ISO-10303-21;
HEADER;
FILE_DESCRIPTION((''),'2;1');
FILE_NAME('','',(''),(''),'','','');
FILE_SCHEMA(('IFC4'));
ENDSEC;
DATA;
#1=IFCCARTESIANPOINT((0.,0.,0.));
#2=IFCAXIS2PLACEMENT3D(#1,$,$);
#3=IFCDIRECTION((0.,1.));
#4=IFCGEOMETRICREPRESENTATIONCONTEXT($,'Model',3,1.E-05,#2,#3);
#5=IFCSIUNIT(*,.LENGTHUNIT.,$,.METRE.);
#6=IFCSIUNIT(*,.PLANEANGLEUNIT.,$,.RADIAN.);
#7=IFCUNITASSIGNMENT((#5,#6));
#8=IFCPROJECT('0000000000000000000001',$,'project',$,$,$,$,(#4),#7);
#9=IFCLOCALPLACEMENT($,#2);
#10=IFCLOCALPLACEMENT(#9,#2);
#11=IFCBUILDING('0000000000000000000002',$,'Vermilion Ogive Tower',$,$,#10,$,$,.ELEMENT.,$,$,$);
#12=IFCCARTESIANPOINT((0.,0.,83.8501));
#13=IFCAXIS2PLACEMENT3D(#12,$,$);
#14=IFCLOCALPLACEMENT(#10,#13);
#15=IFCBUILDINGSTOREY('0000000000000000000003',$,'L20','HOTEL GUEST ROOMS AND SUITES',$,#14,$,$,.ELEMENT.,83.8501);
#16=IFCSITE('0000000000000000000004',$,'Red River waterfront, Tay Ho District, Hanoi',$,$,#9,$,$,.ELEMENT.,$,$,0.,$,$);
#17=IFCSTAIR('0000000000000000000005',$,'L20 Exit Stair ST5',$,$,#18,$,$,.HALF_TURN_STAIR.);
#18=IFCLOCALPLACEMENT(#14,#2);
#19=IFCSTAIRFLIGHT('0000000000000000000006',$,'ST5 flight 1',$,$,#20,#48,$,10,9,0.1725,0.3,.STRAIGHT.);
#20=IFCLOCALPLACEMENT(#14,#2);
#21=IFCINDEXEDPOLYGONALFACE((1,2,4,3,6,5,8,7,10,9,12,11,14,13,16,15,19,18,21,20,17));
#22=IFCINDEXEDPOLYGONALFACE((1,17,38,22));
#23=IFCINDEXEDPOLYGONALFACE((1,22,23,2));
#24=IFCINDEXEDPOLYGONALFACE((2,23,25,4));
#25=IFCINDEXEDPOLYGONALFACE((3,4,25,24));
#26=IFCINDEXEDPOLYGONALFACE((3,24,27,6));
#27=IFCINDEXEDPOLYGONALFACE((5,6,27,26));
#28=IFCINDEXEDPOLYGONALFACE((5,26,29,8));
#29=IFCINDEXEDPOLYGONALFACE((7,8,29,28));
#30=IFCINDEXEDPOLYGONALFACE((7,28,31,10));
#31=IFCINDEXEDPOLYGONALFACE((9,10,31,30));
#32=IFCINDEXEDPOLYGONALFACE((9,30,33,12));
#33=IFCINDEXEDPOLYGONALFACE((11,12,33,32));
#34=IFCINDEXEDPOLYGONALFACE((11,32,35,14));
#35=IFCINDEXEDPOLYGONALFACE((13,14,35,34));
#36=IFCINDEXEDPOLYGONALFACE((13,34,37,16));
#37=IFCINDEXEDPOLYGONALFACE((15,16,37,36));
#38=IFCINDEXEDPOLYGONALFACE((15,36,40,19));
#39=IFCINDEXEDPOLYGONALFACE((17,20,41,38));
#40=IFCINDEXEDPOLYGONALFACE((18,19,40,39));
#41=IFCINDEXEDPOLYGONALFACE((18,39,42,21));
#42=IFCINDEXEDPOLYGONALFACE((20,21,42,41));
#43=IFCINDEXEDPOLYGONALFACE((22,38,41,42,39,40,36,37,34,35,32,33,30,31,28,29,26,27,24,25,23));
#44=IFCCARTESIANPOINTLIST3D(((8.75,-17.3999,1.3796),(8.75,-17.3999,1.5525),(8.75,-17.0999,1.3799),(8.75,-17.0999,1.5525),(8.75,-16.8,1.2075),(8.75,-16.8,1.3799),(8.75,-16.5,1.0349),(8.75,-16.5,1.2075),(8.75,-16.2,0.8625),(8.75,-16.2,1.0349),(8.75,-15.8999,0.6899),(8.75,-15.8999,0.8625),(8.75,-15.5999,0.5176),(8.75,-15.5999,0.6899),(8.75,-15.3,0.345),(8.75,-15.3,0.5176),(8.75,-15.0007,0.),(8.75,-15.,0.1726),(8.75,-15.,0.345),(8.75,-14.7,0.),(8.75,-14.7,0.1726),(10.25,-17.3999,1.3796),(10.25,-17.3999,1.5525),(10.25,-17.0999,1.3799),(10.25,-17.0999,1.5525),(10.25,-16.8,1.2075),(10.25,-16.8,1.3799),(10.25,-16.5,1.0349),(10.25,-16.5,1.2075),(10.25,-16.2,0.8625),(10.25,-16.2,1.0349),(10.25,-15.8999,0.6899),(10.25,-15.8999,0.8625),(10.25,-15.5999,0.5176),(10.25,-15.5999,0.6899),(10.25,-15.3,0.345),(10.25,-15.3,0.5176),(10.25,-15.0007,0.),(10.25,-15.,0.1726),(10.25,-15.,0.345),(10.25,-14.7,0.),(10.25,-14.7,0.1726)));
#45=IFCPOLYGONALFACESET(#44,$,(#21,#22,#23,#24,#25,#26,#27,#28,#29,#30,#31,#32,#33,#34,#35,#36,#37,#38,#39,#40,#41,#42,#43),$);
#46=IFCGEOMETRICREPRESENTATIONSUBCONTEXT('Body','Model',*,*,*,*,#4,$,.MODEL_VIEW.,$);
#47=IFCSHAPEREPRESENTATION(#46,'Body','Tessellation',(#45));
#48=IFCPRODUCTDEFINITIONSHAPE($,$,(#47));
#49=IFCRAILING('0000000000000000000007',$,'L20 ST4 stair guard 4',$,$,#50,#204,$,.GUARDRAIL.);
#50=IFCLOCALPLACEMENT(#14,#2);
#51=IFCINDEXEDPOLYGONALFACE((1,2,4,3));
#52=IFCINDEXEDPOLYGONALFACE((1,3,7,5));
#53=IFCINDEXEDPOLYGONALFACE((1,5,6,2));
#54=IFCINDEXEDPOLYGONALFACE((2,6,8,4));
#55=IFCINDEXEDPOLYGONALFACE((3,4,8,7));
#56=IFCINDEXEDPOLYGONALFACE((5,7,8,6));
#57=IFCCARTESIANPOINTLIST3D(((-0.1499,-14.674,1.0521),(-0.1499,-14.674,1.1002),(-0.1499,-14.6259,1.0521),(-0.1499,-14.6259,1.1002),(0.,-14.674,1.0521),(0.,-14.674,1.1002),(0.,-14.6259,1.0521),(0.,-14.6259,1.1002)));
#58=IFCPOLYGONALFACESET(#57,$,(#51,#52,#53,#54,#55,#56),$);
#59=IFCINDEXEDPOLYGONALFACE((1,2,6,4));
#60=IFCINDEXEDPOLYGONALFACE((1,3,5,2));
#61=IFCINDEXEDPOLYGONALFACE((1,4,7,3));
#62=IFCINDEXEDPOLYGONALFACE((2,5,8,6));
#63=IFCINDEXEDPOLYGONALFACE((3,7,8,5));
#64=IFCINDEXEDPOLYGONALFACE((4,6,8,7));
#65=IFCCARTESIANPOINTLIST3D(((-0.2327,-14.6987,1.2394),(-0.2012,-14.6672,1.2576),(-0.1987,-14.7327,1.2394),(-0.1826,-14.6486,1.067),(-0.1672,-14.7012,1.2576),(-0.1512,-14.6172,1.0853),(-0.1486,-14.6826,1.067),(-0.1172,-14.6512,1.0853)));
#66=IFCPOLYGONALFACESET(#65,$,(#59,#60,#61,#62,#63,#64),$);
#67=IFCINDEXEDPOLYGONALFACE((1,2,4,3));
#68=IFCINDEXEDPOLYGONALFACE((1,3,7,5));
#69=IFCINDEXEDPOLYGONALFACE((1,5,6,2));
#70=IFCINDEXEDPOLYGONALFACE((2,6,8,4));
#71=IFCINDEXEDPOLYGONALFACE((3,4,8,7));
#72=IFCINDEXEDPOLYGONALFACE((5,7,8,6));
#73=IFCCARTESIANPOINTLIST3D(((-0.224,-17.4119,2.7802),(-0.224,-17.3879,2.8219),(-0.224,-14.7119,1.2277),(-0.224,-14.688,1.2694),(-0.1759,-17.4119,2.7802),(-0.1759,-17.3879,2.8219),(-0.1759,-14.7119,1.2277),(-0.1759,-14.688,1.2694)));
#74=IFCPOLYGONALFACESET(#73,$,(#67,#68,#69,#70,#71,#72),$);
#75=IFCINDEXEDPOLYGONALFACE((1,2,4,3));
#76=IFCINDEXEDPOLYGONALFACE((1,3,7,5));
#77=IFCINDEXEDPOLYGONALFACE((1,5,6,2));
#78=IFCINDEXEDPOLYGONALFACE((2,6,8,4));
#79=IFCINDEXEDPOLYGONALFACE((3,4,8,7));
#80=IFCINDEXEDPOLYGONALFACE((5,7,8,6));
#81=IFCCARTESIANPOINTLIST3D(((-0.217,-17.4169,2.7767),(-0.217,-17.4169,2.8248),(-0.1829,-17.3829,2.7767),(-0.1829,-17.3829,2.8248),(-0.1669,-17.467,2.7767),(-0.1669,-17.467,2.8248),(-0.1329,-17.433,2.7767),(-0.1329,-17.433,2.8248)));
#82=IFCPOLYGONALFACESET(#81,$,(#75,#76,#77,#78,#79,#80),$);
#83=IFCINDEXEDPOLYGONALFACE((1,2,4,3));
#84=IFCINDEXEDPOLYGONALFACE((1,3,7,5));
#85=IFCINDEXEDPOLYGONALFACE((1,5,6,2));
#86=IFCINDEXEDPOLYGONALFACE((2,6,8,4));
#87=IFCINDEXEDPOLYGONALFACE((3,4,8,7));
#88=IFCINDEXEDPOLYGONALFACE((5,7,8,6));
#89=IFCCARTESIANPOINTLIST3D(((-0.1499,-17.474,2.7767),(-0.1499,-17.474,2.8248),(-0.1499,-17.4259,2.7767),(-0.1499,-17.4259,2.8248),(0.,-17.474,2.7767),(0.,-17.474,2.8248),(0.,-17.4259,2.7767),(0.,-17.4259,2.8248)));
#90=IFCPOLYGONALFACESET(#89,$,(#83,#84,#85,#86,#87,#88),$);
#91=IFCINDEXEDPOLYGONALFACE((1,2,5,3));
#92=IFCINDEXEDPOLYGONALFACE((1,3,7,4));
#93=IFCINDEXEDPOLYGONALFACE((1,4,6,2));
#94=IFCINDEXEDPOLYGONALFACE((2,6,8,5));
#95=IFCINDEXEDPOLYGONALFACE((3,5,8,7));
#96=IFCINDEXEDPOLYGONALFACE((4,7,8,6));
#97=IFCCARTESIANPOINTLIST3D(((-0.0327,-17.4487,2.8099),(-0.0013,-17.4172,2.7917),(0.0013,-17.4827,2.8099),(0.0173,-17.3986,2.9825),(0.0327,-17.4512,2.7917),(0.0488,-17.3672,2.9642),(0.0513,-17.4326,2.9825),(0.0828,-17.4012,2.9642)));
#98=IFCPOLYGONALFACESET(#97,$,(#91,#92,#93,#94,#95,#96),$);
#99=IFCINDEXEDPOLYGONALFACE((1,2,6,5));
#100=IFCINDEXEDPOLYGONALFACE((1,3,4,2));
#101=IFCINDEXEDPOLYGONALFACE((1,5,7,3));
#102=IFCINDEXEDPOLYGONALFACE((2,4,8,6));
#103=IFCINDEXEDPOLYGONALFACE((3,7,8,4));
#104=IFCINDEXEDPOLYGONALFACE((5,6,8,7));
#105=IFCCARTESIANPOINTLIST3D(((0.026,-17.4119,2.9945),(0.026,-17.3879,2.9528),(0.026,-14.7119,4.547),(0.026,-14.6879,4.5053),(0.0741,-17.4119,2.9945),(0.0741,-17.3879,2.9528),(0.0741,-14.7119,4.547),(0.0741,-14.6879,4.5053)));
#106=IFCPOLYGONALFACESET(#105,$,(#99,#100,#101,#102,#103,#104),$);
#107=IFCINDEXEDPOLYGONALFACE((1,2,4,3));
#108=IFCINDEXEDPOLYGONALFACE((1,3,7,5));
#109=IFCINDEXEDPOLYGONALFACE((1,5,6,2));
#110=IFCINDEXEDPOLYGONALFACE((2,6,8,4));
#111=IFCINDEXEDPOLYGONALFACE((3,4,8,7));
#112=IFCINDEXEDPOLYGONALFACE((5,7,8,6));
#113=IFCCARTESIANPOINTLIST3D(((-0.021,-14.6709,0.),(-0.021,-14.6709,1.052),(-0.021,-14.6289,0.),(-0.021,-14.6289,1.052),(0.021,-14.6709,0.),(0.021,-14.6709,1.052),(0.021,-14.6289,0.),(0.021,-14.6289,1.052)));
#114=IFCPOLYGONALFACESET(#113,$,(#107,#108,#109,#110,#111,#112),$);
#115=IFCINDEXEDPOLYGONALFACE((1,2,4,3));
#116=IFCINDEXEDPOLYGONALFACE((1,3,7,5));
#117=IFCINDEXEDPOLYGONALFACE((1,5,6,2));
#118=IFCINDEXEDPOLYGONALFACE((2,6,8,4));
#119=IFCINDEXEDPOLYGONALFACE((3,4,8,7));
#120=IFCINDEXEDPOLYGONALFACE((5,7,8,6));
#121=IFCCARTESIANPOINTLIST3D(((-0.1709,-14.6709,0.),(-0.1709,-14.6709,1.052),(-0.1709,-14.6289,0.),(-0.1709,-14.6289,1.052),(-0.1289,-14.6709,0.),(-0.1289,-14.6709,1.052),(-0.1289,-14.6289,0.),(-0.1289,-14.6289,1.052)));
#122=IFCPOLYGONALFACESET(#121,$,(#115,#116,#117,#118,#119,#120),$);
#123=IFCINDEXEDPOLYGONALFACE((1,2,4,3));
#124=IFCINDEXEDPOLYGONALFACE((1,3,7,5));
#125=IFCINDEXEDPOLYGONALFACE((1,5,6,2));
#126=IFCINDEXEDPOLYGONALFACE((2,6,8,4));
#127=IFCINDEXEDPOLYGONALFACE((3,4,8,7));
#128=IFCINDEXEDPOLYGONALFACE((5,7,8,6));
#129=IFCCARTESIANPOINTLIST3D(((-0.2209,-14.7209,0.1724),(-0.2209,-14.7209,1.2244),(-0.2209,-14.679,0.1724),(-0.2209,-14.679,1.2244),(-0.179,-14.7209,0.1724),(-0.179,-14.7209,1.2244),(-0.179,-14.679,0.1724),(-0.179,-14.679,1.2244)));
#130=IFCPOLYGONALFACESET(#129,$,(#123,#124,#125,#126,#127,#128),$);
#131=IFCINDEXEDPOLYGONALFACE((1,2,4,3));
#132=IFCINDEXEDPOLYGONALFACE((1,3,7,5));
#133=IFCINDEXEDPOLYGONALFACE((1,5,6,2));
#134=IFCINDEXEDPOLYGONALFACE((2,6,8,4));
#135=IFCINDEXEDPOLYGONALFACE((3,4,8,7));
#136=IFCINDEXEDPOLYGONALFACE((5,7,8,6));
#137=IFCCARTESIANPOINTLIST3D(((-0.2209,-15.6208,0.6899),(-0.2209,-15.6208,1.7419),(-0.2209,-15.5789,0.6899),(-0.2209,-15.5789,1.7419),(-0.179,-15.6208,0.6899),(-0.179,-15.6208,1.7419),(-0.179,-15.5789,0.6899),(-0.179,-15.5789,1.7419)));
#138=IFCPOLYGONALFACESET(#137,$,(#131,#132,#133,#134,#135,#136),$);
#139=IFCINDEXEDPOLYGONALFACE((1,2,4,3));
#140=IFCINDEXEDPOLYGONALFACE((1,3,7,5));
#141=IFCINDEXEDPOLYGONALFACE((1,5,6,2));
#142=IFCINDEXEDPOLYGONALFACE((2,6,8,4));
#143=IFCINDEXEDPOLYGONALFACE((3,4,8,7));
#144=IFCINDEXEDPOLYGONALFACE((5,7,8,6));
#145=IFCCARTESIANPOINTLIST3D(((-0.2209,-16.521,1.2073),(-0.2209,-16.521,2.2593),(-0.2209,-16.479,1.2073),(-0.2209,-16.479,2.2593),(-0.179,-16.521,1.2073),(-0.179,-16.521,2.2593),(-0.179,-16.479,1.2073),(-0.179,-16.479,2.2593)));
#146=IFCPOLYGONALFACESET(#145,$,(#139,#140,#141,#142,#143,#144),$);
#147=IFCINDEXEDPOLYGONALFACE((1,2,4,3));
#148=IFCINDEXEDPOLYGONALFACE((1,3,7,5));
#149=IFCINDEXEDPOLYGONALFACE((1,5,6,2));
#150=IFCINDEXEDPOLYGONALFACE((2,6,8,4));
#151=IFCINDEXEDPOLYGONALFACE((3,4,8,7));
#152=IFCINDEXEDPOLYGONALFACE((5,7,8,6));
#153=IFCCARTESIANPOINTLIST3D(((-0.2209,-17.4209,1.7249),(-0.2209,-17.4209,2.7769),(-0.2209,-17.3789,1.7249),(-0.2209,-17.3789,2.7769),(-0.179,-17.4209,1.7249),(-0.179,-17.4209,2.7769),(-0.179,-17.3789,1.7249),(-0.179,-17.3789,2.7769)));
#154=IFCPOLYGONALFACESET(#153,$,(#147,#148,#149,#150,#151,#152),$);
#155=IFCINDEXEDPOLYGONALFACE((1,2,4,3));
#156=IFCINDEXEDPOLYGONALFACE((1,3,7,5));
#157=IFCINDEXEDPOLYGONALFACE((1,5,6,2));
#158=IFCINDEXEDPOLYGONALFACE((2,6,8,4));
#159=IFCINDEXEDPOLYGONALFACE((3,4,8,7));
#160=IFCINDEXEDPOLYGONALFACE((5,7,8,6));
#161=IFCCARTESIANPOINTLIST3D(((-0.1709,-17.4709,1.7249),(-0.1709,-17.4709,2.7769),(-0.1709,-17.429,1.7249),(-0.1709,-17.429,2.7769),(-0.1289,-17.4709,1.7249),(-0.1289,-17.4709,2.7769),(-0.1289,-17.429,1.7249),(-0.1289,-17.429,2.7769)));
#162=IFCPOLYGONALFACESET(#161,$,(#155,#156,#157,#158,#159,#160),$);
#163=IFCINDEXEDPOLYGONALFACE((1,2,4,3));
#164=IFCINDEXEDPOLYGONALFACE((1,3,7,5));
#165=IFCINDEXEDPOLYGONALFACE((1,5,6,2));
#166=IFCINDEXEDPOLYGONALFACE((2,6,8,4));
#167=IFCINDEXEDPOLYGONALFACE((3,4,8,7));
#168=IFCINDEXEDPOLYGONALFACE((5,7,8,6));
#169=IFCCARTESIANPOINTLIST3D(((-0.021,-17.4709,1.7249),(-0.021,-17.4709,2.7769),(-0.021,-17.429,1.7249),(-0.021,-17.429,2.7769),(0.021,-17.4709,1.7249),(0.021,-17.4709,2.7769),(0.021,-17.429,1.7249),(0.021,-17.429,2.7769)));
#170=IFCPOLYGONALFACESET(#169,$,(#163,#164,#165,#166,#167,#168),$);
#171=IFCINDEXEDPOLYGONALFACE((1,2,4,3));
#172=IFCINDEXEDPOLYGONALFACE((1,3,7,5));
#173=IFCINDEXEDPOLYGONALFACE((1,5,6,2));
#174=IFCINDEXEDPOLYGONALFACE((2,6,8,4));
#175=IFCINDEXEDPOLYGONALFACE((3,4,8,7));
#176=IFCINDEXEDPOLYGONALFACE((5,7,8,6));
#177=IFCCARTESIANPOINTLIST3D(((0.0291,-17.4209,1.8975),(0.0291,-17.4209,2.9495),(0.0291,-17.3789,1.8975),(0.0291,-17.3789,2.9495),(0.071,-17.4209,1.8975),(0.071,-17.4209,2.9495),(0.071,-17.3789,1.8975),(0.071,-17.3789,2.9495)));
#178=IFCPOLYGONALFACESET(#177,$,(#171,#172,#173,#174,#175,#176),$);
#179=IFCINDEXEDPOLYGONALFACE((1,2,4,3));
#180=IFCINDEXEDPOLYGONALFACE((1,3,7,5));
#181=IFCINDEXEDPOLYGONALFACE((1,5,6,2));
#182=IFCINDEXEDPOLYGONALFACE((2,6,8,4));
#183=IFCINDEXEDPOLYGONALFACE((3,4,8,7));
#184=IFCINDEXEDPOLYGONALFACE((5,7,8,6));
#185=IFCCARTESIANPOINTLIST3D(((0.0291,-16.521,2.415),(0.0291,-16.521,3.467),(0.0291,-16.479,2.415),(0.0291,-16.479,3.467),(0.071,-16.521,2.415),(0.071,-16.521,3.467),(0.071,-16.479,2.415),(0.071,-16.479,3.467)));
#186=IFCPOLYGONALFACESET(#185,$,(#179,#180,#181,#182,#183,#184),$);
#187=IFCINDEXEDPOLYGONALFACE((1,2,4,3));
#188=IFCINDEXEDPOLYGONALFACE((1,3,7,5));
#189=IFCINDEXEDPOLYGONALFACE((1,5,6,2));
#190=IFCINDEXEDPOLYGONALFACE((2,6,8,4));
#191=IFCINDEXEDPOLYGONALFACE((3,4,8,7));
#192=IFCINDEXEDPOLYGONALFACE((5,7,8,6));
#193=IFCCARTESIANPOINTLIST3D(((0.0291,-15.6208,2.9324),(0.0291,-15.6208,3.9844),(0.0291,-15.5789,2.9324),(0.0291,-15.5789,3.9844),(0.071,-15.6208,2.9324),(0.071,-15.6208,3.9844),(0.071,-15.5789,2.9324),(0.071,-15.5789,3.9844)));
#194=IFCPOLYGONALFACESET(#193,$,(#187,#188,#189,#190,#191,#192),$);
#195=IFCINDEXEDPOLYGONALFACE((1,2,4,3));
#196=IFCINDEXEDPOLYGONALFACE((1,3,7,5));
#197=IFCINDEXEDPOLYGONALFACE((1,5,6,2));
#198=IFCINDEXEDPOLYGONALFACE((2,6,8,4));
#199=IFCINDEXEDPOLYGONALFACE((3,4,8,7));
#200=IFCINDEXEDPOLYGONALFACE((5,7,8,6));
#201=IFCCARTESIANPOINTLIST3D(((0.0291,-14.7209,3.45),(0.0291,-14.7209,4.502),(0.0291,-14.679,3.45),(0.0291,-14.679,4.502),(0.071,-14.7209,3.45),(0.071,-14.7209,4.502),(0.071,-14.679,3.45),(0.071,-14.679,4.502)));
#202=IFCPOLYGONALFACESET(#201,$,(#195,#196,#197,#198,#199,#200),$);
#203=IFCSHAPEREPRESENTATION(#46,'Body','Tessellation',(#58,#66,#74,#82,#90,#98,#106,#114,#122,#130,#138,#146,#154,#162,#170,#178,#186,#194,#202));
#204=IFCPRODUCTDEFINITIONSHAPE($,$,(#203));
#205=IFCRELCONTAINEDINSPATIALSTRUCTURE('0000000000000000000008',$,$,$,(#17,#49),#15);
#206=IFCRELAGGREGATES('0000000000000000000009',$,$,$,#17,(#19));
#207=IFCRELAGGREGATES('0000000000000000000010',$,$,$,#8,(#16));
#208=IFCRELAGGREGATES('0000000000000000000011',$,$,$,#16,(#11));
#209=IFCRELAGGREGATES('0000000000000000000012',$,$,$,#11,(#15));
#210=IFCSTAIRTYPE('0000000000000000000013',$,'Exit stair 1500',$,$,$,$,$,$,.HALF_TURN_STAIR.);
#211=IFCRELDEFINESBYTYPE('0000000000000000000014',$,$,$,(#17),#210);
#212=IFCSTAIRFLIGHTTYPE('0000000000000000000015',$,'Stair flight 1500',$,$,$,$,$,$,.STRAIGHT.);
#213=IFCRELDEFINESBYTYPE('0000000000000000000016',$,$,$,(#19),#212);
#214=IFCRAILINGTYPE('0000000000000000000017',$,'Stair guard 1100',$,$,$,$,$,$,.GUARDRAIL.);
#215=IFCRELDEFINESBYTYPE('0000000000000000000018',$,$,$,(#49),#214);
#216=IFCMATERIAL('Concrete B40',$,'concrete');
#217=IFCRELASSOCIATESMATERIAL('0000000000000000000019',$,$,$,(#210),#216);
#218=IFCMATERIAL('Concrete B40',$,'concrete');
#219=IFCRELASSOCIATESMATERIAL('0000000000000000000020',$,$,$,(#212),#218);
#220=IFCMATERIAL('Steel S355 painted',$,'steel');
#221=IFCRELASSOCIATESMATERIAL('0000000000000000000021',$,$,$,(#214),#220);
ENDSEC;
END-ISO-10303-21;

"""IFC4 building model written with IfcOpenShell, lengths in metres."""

from ifc_helpers import new_model, si_unit, direction, frame, origin, origin_2d, place, context, subcontext, project, spatial, polyline, rectangle, outline, extrude, material, type_object, element, aggregate, save


model = new_model("IFC4")

# Units and contexts
model_context = context("Model", 3, precision=1e-05, world=origin(), true_north=direction((0.0, 1.0)))
body_context = subcontext(model_context, "Body", "Model", "MODEL_VIEW")
ifc_project = project(units=[si_unit("LENGTHUNIT", "METRE"), si_unit("PLANEANGLEUNIT", "RADIAN")], contexts=[model_context])

# Site, building, storey
site_placement = place(None, origin())
site = spatial("IfcSite", under=ifc_project, at=site_placement, Name="Red River waterfront, Tay Ho District, Hanoi", CompositionType="ELEMENT", RefElevation=0.0)
building_placement = place(site_placement, origin())
building = spatial("IfcBuilding", under=site, at=building_placement, Name="Vermilion Ogive Tower", CompositionType="ELEMENT")
storey_placement = place(building_placement, frame((0.0, 0.0, 83.8501)))
storey = spatial("IfcBuildingStorey", under=building, at=storey_placement, Name="L20", Description="HOTEL GUEST ROOMS AND SUITES", CompositionType="ELEMENT", Elevation=83.8501)

# Stair, stair flight
ifc_material_1 = material(Name="Concrete B40", Category="concrete")
stair_type = type_object("IfcStairType", Name="Exit stair 1500", PredefinedType="HALF_TURN_STAIR", material=ifc_material_1)
stair_placement = place(storey_placement, origin())
stair = element("IfcStair", 1, at=stair_placement, inside=storey, type_object=stair_type, Name="L20 Exit Stair ST5", PredefinedType="HALF_TURN_STAIR")
ifc_material_2 = material(Name="Concrete B40", Category="concrete")
stair_flight_type = type_object("IfcStairFlightType", Name="Stair flight 1500", PredefinedType="STRAIGHT", material=ifc_material_2)
stair_flight_placement = place(storey_placement, frame((9.5, -14.7, 0.0), z_axis=(0.0, 0.0, 1.0), x_axis=(0.0, -1.0, 0.0)))
stair_flight = element("IfcStairFlight", 2, at=stair_flight_placement, type_object=stair_flight_type, Name="ST5 flight 1", NumberOfRisers=10, NumberOfTreads=9, PredefinedType="STRAIGHT", RiserHeight=0.1725, TreadLength=0.3, context=body_context, shape_type="SweptSolid", body=[
    extrude(outline(polyline([(0.0, 0.0), (0.0, 0.1726), (0.3, 0.1726), (0.3, 0.345), (0.6001, 0.345), (0.6001, 0.5176), (0.8999, 0.5176), (0.8999, 0.6899), (1.2, 0.6899), (1.2, 0.8625), (1.5, 0.8625), (1.5, 1.0349), (1.8, 1.0349), (1.8, 1.2075), (2.1001, 1.2075), (2.1001, 1.3799), (2.3999, 1.3799), (2.3999, 1.5525), (2.7, 1.5525), (2.7, 1.7251), (2.7, 1.3796), (0.3008, 0.0), (0.0, 0.0)])), frame((0.0, 0.75, 0.0), z_axis=(0.0, -1.0, 0.0), x_axis=(1.0, 0.0, 0.0)), (0.0, 0.0, 1.0), 1.5),
])
aggregate(stair, [stair_flight])

# Railing
ifc_material_3 = material(Name="Steel S355 painted", Category="steel")
railing_type_1 = type_object("IfcRailingType", Name="Stair guard 1100", PredefinedType="GUARDRAIL", material=ifc_material_3)
railing_1_placement = place(storey_placement, frame((0.0, -14.6499, 0.0)))
element("IfcRailing", 3, at=railing_1_placement, inside=storey, type_object=railing_type_1, Name="L20 ST4 stair guard 4", PredefinedType="GUARDRAIL", context=body_context, shape_type="SweptSolid", body=[
    extrude(rectangle(XDim=0.0481, YDim=0.0481, at=origin_2d()), frame((0.0, 0.0, 1.0762), z_axis=(-1.0, 0.0, 0.0), x_axis=(0.0, -1.0, 0.0)), (0.0, 0.0, 1.0), 0.1499),
    extrude(rectangle(XDim=0.0481, YDim=0.0481, at=origin_2d()), frame((-0.1499, 0.0, 1.0762), z_axis=(-0.268603, -0.268603, 0.925043), x_axis=(0.707107, -0.707107, 0.0)), (0.0, 0.0, 1.0), 0.1863),
    extrude(rectangle(XDim=0.0481, YDim=0.0481, at=origin_2d()), frame((-0.2, -0.05, 1.2485), z_axis=(0.0, -0.866904, 0.498476), x_axis=(1.0, 0.0, 0.0)), (0.0, 0.0, 1.0), 3.1145),
    extrude(rectangle(XDim=0.0481, YDim=0.0481, at=origin_2d()), frame((-0.2, -2.75, 2.8008), z_axis=(0.707107, -0.707107, 0.0), x_axis=(0.707107, 0.707107, 0.0)), (0.0, 0.0, 1.0), 0.0708),
    extrude(rectangle(XDim=0.0481, YDim=0.0481, at=origin_2d()), frame((-0.1499, -2.8, 2.8008), z_axis=(1.0, 0.0, 0.0), x_axis=(0.0, 1.0, 0.0)), (0.0, 0.0, 1.0), 0.1499),
    extrude(rectangle(XDim=0.0481, YDim=0.0481, at=origin_2d()), frame((0.0, -2.8, 2.8008), z_axis=(0.268278, 0.268278, 0.925232), x_axis=(-0.707107, 0.707107, 0.0)), (0.0, 0.0, 1.0), 0.1865),
    extrude(rectangle(XDim=0.0481, YDim=0.0481, at=origin_2d()), frame((0.05, -2.75, 2.9736), z_axis=(0.0, 0.866904, 0.498476), x_axis=(-1.0, 0.0, 0.0)), (0.0, 0.0, 1.0), 3.1145),
    extrude(rectangle(XDim=0.042, YDim=0.042, at=origin_2d()), origin(), (0.0, 0.0, 1.0), 1.052),
    extrude(rectangle(XDim=0.042, YDim=0.042, at=origin_2d()), frame((-0.1499, 0.0, 0.0)), (0.0, 0.0, 1.0), 1.052),
    extrude(rectangle(XDim=0.042, YDim=0.042, at=origin_2d()), frame((-0.2, -0.05, 0.1724)), (0.0, 0.0, 1.0), 1.052),
    extrude(rectangle(XDim=0.042, YDim=0.042, at=origin_2d()), frame((-0.2, -0.95, 0.6899)), (0.0, 0.0, 1.0), 1.052),
    extrude(rectangle(XDim=0.042, YDim=0.042, at=origin_2d()), frame((-0.2, -1.8501, 1.2073)), (0.0, 0.0, 1.0), 1.052),
    extrude(rectangle(XDim=0.042, YDim=0.042, at=origin_2d()), frame((-0.2, -2.75, 1.7249)), (0.0, 0.0, 1.0), 1.052),
    extrude(rectangle(XDim=0.042, YDim=0.042, at=origin_2d()), frame((-0.1499, -2.8, 1.7249)), (0.0, 0.0, 1.0), 1.052),
    extrude(rectangle(XDim=0.042, YDim=0.042, at=origin_2d()), frame((0.0, -2.8, 1.7249)), (0.0, 0.0, 1.0), 1.052),
    extrude(rectangle(XDim=0.042, YDim=0.042, at=origin_2d()), frame((0.05, -2.75, 1.8975)), (0.0, 0.0, 1.0), 1.052),
    extrude(rectangle(XDim=0.042, YDim=0.042, at=origin_2d()), frame((0.05, -1.8501, 2.415)), (0.0, 0.0, 1.0), 1.052),
    extrude(rectangle(XDim=0.042, YDim=0.042, at=origin_2d()), frame((0.05, -0.95, 2.9324)), (0.0, 0.0, 1.0), 1.052),
    extrude(rectangle(XDim=0.042, YDim=0.042, at=origin_2d()), frame((0.05, -0.05, 3.45)), (0.0, 0.0, 1.0), 1.052),
])

save(model, "model.ifc")
